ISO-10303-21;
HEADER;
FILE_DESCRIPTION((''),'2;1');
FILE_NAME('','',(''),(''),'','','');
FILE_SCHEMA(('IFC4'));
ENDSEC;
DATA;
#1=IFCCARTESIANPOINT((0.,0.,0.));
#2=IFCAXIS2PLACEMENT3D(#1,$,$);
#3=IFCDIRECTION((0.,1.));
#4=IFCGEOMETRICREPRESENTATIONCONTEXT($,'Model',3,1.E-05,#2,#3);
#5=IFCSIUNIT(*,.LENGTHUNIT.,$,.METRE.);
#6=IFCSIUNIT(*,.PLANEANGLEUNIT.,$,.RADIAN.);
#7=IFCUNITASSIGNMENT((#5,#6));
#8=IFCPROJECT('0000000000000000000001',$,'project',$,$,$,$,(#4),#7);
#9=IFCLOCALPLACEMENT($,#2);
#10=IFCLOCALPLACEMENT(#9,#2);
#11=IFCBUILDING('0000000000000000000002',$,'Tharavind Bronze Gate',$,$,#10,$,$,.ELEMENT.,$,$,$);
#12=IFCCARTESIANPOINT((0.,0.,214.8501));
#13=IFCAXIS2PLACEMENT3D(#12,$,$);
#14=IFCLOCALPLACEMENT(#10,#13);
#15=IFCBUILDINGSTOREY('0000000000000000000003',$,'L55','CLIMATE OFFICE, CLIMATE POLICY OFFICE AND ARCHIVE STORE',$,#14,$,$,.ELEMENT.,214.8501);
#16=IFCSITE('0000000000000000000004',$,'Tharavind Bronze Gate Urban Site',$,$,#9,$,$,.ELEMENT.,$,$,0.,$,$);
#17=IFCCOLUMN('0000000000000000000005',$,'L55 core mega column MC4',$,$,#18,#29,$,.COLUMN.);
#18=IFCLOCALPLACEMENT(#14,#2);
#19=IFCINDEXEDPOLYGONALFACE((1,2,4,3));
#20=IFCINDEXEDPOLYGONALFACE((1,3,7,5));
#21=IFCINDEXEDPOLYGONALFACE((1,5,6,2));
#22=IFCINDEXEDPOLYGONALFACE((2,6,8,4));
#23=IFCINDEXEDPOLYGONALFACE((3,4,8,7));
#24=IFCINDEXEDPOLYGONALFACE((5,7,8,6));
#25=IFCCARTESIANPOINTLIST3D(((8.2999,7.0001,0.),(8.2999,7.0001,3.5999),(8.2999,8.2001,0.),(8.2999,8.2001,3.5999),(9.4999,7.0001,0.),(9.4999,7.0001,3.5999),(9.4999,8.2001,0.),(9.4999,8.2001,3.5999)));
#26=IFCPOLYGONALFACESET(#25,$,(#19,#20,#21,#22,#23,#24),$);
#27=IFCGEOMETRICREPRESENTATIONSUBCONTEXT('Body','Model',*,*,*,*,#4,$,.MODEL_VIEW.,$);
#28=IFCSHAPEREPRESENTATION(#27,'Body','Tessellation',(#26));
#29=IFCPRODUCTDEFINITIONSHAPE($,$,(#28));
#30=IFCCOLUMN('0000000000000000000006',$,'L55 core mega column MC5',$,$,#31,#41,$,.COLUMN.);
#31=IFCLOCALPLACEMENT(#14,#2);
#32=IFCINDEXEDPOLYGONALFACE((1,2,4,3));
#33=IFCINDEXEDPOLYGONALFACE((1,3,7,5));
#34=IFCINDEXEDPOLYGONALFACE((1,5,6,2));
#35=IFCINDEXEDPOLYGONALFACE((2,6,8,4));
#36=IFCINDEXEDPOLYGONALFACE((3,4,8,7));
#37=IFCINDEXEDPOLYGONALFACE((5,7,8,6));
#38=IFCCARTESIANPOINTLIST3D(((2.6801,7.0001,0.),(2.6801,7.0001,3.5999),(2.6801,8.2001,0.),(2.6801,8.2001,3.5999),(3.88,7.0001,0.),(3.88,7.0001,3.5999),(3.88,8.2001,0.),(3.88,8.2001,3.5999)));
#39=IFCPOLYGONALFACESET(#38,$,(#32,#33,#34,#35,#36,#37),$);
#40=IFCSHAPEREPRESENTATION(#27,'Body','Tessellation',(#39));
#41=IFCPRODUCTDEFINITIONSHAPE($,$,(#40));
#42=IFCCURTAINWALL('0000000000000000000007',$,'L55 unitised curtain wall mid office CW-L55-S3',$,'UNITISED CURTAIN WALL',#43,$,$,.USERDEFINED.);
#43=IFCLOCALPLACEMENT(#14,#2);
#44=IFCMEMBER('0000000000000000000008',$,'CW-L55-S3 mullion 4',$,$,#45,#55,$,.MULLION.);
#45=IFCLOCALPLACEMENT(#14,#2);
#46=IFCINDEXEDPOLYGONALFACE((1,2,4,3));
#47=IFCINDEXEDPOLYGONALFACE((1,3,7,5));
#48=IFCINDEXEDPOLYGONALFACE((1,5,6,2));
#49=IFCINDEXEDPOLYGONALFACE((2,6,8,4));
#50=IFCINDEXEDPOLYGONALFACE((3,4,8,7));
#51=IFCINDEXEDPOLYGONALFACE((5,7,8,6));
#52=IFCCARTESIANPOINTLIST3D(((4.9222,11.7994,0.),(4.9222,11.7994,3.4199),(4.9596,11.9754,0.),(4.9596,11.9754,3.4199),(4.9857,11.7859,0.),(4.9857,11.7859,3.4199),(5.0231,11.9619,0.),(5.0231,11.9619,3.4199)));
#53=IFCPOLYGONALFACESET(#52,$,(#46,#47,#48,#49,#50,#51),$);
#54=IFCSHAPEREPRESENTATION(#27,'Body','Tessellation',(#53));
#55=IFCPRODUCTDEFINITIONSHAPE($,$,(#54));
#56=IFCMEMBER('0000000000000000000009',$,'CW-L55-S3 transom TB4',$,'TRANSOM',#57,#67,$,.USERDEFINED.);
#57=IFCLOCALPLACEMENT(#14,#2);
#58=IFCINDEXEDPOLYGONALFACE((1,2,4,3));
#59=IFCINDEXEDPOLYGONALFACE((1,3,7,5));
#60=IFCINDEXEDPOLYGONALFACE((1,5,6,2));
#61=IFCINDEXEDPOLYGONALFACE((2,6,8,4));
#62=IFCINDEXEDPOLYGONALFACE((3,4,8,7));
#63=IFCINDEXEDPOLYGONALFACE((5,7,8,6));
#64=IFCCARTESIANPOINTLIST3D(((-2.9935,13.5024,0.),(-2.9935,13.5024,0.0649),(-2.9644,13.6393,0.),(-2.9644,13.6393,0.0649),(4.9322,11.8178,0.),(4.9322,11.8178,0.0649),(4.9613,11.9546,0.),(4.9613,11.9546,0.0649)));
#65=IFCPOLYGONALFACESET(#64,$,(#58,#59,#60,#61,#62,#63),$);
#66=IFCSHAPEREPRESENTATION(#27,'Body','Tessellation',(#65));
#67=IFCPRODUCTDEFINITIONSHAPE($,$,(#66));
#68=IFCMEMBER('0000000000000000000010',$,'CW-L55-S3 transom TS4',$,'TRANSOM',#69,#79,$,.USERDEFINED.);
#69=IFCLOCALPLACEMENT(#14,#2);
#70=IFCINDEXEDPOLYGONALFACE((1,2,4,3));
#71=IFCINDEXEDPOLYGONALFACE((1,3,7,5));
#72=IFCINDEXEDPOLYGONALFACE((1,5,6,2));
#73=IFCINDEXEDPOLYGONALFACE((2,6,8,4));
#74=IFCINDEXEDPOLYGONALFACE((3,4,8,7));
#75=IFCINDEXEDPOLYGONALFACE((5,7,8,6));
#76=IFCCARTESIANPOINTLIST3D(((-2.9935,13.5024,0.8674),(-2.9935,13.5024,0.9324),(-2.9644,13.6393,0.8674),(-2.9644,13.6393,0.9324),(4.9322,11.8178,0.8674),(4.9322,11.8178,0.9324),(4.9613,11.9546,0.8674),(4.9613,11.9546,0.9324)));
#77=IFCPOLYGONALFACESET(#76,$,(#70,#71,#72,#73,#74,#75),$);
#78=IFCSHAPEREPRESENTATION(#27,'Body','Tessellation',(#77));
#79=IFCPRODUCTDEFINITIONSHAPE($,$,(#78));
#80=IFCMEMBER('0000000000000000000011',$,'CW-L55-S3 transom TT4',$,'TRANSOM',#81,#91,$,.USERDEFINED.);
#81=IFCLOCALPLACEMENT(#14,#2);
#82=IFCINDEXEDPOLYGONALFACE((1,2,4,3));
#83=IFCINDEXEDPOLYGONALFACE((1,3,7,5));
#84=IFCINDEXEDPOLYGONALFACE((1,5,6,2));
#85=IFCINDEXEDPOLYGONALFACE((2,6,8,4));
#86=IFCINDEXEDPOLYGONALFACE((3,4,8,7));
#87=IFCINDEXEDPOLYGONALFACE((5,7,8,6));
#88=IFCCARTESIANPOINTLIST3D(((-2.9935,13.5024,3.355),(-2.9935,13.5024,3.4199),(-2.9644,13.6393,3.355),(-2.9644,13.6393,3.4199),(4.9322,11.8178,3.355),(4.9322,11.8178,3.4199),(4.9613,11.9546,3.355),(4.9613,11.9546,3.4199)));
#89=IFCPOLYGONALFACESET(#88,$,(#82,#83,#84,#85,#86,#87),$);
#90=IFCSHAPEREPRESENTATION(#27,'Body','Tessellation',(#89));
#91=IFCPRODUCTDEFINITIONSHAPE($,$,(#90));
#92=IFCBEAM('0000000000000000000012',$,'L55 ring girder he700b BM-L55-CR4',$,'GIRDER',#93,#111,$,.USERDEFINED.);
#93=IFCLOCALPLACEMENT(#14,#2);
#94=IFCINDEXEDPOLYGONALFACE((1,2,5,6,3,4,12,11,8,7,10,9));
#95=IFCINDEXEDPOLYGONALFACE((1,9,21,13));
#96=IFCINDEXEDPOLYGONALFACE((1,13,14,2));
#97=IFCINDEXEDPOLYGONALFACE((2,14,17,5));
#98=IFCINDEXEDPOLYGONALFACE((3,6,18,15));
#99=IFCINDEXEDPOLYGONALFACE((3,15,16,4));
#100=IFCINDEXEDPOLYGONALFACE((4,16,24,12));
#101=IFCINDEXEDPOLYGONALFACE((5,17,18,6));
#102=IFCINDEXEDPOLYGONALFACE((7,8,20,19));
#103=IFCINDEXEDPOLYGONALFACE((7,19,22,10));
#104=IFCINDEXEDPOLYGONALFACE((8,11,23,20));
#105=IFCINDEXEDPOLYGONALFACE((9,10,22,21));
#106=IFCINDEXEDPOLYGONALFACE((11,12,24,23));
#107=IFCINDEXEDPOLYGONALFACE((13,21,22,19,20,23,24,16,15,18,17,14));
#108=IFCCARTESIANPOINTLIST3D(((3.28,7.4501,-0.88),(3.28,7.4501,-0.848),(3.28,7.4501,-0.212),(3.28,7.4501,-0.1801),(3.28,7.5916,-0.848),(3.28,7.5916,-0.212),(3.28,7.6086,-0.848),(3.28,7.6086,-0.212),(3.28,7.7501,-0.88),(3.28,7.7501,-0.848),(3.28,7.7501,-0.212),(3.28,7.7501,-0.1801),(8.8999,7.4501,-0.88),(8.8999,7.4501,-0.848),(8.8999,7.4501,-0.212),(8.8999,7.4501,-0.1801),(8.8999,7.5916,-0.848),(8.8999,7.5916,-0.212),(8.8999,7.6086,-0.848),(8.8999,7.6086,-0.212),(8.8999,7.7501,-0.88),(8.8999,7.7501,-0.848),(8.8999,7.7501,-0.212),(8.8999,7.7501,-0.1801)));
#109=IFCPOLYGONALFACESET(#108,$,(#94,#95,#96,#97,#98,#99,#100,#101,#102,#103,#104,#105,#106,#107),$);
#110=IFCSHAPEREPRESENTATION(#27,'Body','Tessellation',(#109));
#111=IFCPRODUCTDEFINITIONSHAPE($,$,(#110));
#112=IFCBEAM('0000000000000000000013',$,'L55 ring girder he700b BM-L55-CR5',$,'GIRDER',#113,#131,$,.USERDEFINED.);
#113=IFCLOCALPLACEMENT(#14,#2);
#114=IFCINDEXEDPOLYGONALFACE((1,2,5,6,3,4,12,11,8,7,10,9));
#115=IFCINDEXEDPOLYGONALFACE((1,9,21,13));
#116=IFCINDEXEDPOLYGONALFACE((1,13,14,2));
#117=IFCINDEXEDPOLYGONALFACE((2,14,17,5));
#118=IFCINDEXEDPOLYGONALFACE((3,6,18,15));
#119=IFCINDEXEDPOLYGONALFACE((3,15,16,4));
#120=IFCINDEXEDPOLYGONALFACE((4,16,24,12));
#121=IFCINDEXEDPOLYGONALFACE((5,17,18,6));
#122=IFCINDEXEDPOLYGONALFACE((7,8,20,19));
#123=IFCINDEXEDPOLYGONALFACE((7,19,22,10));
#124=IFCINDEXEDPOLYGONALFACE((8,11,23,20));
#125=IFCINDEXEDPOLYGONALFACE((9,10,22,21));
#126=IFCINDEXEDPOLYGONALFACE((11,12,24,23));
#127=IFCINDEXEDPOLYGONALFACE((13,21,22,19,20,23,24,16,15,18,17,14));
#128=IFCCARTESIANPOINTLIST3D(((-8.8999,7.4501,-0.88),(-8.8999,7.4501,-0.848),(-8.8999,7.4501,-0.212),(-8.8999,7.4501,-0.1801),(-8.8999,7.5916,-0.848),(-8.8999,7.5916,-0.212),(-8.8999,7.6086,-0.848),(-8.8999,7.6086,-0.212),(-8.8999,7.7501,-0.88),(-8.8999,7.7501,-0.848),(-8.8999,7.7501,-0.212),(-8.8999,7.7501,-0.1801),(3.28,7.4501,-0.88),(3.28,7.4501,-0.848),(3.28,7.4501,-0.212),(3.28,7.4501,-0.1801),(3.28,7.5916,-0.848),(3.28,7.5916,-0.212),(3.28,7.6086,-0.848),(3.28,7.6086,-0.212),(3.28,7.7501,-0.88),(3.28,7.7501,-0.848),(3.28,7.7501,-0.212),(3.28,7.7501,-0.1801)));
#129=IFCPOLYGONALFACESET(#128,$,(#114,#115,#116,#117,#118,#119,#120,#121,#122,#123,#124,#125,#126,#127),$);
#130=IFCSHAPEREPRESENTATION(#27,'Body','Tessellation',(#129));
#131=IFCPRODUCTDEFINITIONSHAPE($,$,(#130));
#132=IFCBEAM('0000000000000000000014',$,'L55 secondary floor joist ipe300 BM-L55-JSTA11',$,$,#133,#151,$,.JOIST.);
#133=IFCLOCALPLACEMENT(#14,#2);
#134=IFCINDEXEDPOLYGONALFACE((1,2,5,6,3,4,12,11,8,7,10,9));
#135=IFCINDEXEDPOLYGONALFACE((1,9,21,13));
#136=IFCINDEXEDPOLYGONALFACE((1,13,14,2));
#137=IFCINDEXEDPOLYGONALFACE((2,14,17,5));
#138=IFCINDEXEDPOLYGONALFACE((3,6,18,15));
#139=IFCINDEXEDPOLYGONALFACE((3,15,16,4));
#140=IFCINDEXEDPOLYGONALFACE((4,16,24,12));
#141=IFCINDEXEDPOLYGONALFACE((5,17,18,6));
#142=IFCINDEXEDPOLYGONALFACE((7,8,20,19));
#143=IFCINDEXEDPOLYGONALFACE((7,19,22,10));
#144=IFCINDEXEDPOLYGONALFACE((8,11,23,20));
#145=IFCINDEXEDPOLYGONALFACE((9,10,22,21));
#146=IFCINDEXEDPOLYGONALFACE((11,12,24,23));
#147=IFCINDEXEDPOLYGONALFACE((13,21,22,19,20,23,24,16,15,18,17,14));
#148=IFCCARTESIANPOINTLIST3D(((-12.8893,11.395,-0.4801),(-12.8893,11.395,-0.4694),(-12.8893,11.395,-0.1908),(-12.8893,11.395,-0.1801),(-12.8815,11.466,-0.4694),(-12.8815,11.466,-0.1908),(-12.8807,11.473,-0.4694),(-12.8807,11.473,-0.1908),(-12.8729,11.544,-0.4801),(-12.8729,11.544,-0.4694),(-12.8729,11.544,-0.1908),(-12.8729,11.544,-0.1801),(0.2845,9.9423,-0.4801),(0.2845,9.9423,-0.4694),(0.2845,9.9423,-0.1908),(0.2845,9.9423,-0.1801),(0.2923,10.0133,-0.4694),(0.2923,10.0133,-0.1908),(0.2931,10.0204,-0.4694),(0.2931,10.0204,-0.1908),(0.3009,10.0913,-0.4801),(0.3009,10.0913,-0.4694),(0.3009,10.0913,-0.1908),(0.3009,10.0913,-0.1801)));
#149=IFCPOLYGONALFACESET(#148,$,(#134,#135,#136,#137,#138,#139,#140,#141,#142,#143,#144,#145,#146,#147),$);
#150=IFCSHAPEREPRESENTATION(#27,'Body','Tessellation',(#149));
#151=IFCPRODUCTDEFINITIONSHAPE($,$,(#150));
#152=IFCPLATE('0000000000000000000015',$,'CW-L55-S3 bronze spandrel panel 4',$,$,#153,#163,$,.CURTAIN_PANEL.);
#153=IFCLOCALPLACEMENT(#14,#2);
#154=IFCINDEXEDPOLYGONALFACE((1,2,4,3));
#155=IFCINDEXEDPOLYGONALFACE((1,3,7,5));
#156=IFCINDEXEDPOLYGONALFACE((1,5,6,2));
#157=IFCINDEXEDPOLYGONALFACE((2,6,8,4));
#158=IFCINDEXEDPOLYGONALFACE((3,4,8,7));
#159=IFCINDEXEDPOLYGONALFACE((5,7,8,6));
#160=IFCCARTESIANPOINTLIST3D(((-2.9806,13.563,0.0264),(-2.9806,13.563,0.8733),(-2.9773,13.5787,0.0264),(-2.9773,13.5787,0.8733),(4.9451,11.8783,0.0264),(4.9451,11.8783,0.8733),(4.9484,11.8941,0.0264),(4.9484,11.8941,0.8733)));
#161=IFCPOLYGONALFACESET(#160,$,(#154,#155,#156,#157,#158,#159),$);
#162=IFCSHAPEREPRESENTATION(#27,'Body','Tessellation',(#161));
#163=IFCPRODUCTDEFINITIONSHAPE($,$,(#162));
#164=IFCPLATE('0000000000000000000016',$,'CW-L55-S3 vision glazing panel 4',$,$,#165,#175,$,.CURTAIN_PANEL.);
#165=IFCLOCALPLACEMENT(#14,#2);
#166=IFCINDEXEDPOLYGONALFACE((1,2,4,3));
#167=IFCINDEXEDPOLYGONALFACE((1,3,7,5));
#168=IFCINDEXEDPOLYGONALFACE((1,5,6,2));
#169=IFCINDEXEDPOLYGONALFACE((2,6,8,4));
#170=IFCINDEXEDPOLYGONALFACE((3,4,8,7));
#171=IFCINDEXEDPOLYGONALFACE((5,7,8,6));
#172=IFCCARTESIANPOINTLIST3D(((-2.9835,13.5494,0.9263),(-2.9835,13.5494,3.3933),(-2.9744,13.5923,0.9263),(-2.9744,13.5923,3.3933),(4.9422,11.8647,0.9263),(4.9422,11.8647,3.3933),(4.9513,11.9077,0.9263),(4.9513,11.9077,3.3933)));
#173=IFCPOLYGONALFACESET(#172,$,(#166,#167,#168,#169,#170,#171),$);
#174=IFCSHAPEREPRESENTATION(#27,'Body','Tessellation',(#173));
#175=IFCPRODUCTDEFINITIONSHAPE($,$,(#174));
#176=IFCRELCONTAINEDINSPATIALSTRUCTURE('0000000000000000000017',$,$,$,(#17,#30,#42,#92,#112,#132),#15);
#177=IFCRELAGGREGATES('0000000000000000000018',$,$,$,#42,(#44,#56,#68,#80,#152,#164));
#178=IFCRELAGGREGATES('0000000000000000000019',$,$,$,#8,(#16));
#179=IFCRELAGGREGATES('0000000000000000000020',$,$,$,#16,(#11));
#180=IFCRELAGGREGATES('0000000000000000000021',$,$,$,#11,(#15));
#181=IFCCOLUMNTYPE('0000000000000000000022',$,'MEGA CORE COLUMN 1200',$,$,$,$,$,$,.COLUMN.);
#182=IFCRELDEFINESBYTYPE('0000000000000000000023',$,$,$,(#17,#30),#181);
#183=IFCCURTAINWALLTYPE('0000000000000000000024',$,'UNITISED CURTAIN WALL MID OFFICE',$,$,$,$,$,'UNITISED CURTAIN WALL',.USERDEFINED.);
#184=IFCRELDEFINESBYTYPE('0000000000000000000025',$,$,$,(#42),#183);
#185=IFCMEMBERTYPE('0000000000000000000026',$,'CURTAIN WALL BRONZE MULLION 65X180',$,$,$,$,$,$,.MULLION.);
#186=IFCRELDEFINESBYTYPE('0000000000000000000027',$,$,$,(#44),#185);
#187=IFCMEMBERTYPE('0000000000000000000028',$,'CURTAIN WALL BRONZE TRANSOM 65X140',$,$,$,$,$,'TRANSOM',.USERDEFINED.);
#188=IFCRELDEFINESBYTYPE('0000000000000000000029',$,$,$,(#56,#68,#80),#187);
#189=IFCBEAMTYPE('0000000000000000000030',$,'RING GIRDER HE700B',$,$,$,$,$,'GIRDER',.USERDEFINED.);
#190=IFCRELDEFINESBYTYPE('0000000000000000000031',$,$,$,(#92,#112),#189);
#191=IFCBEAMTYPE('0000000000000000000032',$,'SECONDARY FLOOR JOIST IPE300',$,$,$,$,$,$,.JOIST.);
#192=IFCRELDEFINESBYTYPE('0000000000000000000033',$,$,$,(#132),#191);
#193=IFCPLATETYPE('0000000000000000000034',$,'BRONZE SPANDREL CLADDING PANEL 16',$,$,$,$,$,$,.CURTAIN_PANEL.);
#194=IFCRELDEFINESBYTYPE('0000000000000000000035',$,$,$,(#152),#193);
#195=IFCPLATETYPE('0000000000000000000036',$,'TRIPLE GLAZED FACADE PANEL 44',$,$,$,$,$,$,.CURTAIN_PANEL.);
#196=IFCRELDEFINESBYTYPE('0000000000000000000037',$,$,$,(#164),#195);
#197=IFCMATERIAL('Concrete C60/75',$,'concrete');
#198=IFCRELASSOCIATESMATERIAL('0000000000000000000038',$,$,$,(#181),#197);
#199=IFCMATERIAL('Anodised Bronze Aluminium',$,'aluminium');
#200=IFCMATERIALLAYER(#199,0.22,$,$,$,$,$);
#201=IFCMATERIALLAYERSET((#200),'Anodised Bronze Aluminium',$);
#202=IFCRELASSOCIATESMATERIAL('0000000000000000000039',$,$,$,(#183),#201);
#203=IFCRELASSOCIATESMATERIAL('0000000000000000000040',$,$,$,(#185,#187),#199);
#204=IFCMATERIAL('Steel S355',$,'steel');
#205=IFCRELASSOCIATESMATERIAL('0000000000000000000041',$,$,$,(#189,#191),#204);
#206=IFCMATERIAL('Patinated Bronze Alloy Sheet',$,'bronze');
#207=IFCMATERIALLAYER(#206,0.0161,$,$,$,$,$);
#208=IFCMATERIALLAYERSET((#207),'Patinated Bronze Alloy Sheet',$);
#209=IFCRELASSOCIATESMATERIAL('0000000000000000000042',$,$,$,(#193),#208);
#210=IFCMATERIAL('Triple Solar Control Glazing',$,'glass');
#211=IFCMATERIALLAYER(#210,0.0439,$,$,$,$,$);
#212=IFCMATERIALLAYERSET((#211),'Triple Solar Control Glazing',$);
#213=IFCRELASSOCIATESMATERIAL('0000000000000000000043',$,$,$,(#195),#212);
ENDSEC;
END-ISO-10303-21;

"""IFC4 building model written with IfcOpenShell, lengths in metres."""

from ifc_helpers import new_model, si_unit, direction, frame, origin, origin_2d, place, context, subcontext, project, spatial, rectangle, i_section, extrude, material, layer, layer_set, material_profile, profile_set, type_object, element, aggregate, save


model = new_model("IFC4")

# Units and contexts
model_context = context("Model", 3, precision=1e-05, world=origin(), true_north=direction((0.0, 1.0)))
body_context = subcontext(model_context, "Body", "Model", "MODEL_VIEW")
ifc_project = project(units=[si_unit("LENGTHUNIT", "METRE"), si_unit("PLANEANGLEUNIT", "RADIAN")], contexts=[model_context])

# Site, building, storey
site_placement = place(None, origin())
site = spatial("IfcSite", under=ifc_project, at=site_placement, Name="Tharavind Bronze Gate Urban Site", CompositionType="ELEMENT", RefElevation=0.0)
building_placement = place(site_placement, origin())
building = spatial("IfcBuilding", under=site, at=building_placement, Name="Tharavind Bronze Gate", CompositionType="ELEMENT")
storey_placement = place(building_placement, frame((0.0, 0.0, 214.8501)))
storey = spatial("IfcBuildingStorey", under=building, at=storey_placement, Name="L55", Description="CLIMATE OFFICE, CLIMATE POLICY OFFICE AND ARCHIVE STORE", CompositionType="ELEMENT", Elevation=214.8501)

# Columns
ifc_material_1 = material(Name="Concrete C60/75", Category="concrete")
ifc_material_profile_1 = material_profile(ifc_material_1, rectangle(XDim=1.2, YDim=1.2, at=origin_2d()), Name="RCCOL1200")
ifc_profile_set_1 = profile_set([ifc_material_profile_1], Name="Concrete C60/75")
column_type = type_object("IfcColumnType", Name="MEGA CORE COLUMN 1200", PredefinedType="COLUMN", material=ifc_profile_set_1)
for number, where, z_axis, x_axis, name in (
    (1, (8.8999, 7.6001, 0.0), (0.0, 0.0, 1.0), (1.0, 0.0, 0.0), "L55 core mega column MC4"),
    (2, (3.28, 7.6001, 0.0), (0.0, 0.0, 1.0), (1.0, 0.0, 0.0), "L55 core mega column MC5"),
):
    element("IfcColumn", number, at=place(storey_placement, frame(where, z_axis=z_axis, x_axis=x_axis)), inside=storey, type_object=column_type, Name=name, PredefinedType="COLUMN", context=body_context, shape_type="SweptSolid", body=[
        extrude(rectangle(XDim=1.2, YDim=1.2, at=origin_2d()), origin(), (0.0, 0.0, 1.0), 3.5999),
    ])

# Curtain wall, members
ifc_material_2 = material(Name="Anodised Bronze Aluminium", Category="aluminium")
ifc_layer_1 = layer(ifc_material_2, 0.22)
ifc_layer_set_1 = layer_set([ifc_layer_1], Name="Anodised Bronze Aluminium")
curtain_wall_type = type_object("IfcCurtainWallType", Name="UNITISED CURTAIN WALL MID OFFICE", ElementType="UNITISED CURTAIN WALL", PredefinedType="USERDEFINED", material=ifc_layer_set_1)
curtain_wall_placement = place(storey_placement, origin())
curtain_wall = element("IfcCurtainWall", 3, at=curtain_wall_placement, inside=storey, type_object=curtain_wall_type, Name="L55 unitised curtain wall mid office CW-L55-S3", ObjectType="UNITISED CURTAIN WALL", PredefinedType="USERDEFINED")
member_type_1 = type_object("IfcMemberType", Name="CURTAIN WALL BRONZE MULLION 65X180", PredefinedType="MULLION", material=ifc_material_2)
member_1_placement = place(storey_placement, frame((4.9727, 11.8806, 0.0), z_axis=(0.0, 0.0, 1.0), x_axis=(-0.978148, 0.207912, 0.0)))
member_1 = element("IfcMember", 4, at=member_1_placement, type_object=member_type_1, Name="CW-L55-S3 mullion 4", PredefinedType="MULLION", context=body_context, shape_type="SweptSolid", body=[
    extrude(rectangle(XDim=0.0649, YDim=0.1799, at=origin_2d()), origin(), (0.0, 0.0, 1.0), 3.4199),
])
member_type_2 = type_object("IfcMemberType", Name="CURTAIN WALL BRONZE TRANSOM 65X140", ElementType="TRANSOM", PredefinedType="USERDEFINED", material=ifc_material_2)
member_2_placement = place(storey_placement, frame((0.9839, 12.7285, 0.0), z_axis=(0.0, 0.0, 1.0), x_axis=(-0.978148, 0.207912, 0.0)))
member_2 = element("IfcMember", 5, at=member_2_placement, type_object=member_type_2, Name="CW-L55-S3 transom TB4", ObjectType="TRANSOM", PredefinedType="USERDEFINED", context=body_context, shape_type="SweptSolid", body=[
    extrude(rectangle(XDim=8.1028, YDim=0.1399, at=origin_2d()), origin(), (0.0, 0.0, 1.0), 0.0649),
])
member_3_placement = place(storey_placement, frame((0.9839, 12.7285, 0.8674), z_axis=(0.0, 0.0, 1.0), x_axis=(-0.978148, 0.207912, 0.0)))
member_3 = element("IfcMember", 6, at=member_3_placement, type_object=member_type_2, Name="CW-L55-S3 transom TS4", ObjectType="TRANSOM", PredefinedType="USERDEFINED", context=body_context, shape_type="SweptSolid", body=[
    extrude(rectangle(XDim=8.1028, YDim=0.1399, at=origin_2d()), origin(), (0.0, 0.0, 1.0), 0.0649),
])
member_4_placement = place(storey_placement, frame((0.9839, 12.7285, 3.355), z_axis=(0.0, 0.0, 1.0), x_axis=(-0.978148, 0.207912, 0.0)))
member_4 = element("IfcMember", 7, at=member_4_placement, type_object=member_type_2, Name="CW-L55-S3 transom TT4", ObjectType="TRANSOM", PredefinedType="USERDEFINED", context=body_context, shape_type="SweptSolid", body=[
    extrude(rectangle(XDim=8.1028, YDim=0.1399, at=origin_2d()), origin(), (0.0, 0.0, 1.0), 0.0649),
])

# Beams
ifc_material_3 = material(Name="Steel S355", Category="steel")
ifc_material_profile_2 = material_profile(ifc_material_3, i_section(OverallWidth=0.3, OverallDepth=0.7, WebThickness=0.0171, FlangeThickness=0.032, at=origin_2d()), Name="HE700B")
ifc_profile_set_2 = profile_set([ifc_material_profile_2], Name="Steel S355")
beam_type_1 = type_object("IfcBeamType", Name="RING GIRDER HE700B", ElementType="GIRDER", PredefinedType="USERDEFINED", material=ifc_profile_set_2)
beam_1_placement = place(storey_placement, frame((8.8999, 7.6001, -0.53), z_axis=(-1.0, 0.0, 0.0), x_axis=(0.0, -1.0, 0.0)))
element("IfcBeam", 8, at=beam_1_placement, inside=storey, type_object=beam_type_1, Name="L55 ring girder he700b BM-L55-CR4", ObjectType="GIRDER", PredefinedType="USERDEFINED", context=body_context, shape_type="SweptSolid", body=[
    extrude(i_section(OverallWidth=0.3, OverallDepth=0.7, WebThickness=0.0171, FlangeThickness=0.032, at=origin_2d()), origin(), (0.0, 0.0, 1.0), 5.6199),
])
beam_2_placement = place(storey_placement, frame((3.28, 7.6001, -0.53), z_axis=(-1.0, 0.0, 0.0), x_axis=(0.0, -1.0, 0.0)))
element("IfcBeam", 9, at=beam_2_placement, inside=storey, type_object=beam_type_1, Name="L55 ring girder he700b BM-L55-CR5", ObjectType="GIRDER", PredefinedType="USERDEFINED", context=body_context, shape_type="SweptSolid", body=[
    extrude(i_section(OverallWidth=0.3, OverallDepth=0.7, WebThickness=0.0171, FlangeThickness=0.032, at=origin_2d()), origin(), (0.0, 0.0, 1.0), 12.1799),
])
ifc_material_profile_3 = material_profile(ifc_material_3, i_section(OverallWidth=0.1499, OverallDepth=0.3, WebThickness=0.0071, FlangeThickness=0.0107, at=origin_2d()), Name="IPE300")
ifc_profile_set_3 = profile_set([ifc_material_profile_3], Name="Steel S355")
beam_type_2 = type_object("IfcBeamType", Name="SECONDARY FLOOR JOIST IPE300", PredefinedType="JOIST", material=ifc_profile_set_3)
beam_3_placement = place(storey_placement, frame((0.2927, 10.0168, -0.3301), z_axis=(-0.993975, 0.109603, 0.0), x_axis=(-0.109603, -0.993975, 0.0)))
element("IfcBeam", 10, at=beam_3_placement, inside=storey, type_object=beam_type_2, Name="L55 secondary floor joist ipe300 BM-L55-JSTA11", PredefinedType="JOIST", context=body_context, shape_type="SweptSolid", body=[
    extrude(i_section(OverallWidth=0.1499, OverallDepth=0.3, WebThickness=0.0071, FlangeThickness=0.0107, at=origin_2d()), origin(), (0.0, 0.0, 1.0), 13.2537),
])

# Plates
ifc_material_4 = material(Name="Patinated Bronze Alloy Sheet", Category="bronze")
ifc_layer_2 = layer(ifc_material_4, 0.0161)
ifc_layer_set_2 = layer_set([ifc_layer_2], Name="Patinated Bronze Alloy Sheet")
plate_type_1 = type_object("IfcPlateType", Name="BRONZE SPANDREL CLADDING PANEL 16", PredefinedType="CURTAIN_PANEL", material=ifc_layer_set_2)
plate_1_placement = place(storey_placement, frame((0.9839, 12.7285, 0.0264), z_axis=(0.0, 0.0, 1.0), x_axis=(-0.978148, 0.207912, 0.0)))
plate_1 = element("IfcPlate", 11, at=plate_1_placement, type_object=plate_type_1, Name="CW-L55-S3 bronze spandrel panel 4", PredefinedType="CURTAIN_PANEL", context=body_context, shape_type="SweptSolid", body=[
    extrude(rectangle(XDim=8.1028, YDim=0.0161, at=origin_2d()), origin(), (0.0, 0.0, 1.0), 0.8469),
])
ifc_material_5 = material(Name="Triple Solar Control Glazing", Category="glass")
ifc_layer_3 = layer(ifc_material_5, 0.0439)
ifc_layer_set_3 = layer_set([ifc_layer_3], Name="Triple Solar Control Glazing")
plate_type_2 = type_object("IfcPlateType", Name="TRIPLE GLAZED FACADE PANEL 44", PredefinedType="CURTAIN_PANEL", material=ifc_layer_set_3)
plate_2_placement = place(storey_placement, frame((0.9839, 12.7285, 0.9263), z_axis=(0.0, 0.0, 1.0), x_axis=(-0.978148, 0.207912, 0.0)))
plate_2 = element("IfcPlate", 12, at=plate_2_placement, type_object=plate_type_2, Name="CW-L55-S3 vision glazing panel 4", PredefinedType="CURTAIN_PANEL", context=body_context, shape_type="SweptSolid", body=[
    extrude(rectangle(XDim=8.1028, YDim=0.0439, at=origin_2d()), origin(), (0.0, 0.0, 1.0), 2.467),
])
aggregate(curtain_wall, [member_1, member_2, member_3, member_4, plate_1, plate_2])

save(model, "model.ifc")
